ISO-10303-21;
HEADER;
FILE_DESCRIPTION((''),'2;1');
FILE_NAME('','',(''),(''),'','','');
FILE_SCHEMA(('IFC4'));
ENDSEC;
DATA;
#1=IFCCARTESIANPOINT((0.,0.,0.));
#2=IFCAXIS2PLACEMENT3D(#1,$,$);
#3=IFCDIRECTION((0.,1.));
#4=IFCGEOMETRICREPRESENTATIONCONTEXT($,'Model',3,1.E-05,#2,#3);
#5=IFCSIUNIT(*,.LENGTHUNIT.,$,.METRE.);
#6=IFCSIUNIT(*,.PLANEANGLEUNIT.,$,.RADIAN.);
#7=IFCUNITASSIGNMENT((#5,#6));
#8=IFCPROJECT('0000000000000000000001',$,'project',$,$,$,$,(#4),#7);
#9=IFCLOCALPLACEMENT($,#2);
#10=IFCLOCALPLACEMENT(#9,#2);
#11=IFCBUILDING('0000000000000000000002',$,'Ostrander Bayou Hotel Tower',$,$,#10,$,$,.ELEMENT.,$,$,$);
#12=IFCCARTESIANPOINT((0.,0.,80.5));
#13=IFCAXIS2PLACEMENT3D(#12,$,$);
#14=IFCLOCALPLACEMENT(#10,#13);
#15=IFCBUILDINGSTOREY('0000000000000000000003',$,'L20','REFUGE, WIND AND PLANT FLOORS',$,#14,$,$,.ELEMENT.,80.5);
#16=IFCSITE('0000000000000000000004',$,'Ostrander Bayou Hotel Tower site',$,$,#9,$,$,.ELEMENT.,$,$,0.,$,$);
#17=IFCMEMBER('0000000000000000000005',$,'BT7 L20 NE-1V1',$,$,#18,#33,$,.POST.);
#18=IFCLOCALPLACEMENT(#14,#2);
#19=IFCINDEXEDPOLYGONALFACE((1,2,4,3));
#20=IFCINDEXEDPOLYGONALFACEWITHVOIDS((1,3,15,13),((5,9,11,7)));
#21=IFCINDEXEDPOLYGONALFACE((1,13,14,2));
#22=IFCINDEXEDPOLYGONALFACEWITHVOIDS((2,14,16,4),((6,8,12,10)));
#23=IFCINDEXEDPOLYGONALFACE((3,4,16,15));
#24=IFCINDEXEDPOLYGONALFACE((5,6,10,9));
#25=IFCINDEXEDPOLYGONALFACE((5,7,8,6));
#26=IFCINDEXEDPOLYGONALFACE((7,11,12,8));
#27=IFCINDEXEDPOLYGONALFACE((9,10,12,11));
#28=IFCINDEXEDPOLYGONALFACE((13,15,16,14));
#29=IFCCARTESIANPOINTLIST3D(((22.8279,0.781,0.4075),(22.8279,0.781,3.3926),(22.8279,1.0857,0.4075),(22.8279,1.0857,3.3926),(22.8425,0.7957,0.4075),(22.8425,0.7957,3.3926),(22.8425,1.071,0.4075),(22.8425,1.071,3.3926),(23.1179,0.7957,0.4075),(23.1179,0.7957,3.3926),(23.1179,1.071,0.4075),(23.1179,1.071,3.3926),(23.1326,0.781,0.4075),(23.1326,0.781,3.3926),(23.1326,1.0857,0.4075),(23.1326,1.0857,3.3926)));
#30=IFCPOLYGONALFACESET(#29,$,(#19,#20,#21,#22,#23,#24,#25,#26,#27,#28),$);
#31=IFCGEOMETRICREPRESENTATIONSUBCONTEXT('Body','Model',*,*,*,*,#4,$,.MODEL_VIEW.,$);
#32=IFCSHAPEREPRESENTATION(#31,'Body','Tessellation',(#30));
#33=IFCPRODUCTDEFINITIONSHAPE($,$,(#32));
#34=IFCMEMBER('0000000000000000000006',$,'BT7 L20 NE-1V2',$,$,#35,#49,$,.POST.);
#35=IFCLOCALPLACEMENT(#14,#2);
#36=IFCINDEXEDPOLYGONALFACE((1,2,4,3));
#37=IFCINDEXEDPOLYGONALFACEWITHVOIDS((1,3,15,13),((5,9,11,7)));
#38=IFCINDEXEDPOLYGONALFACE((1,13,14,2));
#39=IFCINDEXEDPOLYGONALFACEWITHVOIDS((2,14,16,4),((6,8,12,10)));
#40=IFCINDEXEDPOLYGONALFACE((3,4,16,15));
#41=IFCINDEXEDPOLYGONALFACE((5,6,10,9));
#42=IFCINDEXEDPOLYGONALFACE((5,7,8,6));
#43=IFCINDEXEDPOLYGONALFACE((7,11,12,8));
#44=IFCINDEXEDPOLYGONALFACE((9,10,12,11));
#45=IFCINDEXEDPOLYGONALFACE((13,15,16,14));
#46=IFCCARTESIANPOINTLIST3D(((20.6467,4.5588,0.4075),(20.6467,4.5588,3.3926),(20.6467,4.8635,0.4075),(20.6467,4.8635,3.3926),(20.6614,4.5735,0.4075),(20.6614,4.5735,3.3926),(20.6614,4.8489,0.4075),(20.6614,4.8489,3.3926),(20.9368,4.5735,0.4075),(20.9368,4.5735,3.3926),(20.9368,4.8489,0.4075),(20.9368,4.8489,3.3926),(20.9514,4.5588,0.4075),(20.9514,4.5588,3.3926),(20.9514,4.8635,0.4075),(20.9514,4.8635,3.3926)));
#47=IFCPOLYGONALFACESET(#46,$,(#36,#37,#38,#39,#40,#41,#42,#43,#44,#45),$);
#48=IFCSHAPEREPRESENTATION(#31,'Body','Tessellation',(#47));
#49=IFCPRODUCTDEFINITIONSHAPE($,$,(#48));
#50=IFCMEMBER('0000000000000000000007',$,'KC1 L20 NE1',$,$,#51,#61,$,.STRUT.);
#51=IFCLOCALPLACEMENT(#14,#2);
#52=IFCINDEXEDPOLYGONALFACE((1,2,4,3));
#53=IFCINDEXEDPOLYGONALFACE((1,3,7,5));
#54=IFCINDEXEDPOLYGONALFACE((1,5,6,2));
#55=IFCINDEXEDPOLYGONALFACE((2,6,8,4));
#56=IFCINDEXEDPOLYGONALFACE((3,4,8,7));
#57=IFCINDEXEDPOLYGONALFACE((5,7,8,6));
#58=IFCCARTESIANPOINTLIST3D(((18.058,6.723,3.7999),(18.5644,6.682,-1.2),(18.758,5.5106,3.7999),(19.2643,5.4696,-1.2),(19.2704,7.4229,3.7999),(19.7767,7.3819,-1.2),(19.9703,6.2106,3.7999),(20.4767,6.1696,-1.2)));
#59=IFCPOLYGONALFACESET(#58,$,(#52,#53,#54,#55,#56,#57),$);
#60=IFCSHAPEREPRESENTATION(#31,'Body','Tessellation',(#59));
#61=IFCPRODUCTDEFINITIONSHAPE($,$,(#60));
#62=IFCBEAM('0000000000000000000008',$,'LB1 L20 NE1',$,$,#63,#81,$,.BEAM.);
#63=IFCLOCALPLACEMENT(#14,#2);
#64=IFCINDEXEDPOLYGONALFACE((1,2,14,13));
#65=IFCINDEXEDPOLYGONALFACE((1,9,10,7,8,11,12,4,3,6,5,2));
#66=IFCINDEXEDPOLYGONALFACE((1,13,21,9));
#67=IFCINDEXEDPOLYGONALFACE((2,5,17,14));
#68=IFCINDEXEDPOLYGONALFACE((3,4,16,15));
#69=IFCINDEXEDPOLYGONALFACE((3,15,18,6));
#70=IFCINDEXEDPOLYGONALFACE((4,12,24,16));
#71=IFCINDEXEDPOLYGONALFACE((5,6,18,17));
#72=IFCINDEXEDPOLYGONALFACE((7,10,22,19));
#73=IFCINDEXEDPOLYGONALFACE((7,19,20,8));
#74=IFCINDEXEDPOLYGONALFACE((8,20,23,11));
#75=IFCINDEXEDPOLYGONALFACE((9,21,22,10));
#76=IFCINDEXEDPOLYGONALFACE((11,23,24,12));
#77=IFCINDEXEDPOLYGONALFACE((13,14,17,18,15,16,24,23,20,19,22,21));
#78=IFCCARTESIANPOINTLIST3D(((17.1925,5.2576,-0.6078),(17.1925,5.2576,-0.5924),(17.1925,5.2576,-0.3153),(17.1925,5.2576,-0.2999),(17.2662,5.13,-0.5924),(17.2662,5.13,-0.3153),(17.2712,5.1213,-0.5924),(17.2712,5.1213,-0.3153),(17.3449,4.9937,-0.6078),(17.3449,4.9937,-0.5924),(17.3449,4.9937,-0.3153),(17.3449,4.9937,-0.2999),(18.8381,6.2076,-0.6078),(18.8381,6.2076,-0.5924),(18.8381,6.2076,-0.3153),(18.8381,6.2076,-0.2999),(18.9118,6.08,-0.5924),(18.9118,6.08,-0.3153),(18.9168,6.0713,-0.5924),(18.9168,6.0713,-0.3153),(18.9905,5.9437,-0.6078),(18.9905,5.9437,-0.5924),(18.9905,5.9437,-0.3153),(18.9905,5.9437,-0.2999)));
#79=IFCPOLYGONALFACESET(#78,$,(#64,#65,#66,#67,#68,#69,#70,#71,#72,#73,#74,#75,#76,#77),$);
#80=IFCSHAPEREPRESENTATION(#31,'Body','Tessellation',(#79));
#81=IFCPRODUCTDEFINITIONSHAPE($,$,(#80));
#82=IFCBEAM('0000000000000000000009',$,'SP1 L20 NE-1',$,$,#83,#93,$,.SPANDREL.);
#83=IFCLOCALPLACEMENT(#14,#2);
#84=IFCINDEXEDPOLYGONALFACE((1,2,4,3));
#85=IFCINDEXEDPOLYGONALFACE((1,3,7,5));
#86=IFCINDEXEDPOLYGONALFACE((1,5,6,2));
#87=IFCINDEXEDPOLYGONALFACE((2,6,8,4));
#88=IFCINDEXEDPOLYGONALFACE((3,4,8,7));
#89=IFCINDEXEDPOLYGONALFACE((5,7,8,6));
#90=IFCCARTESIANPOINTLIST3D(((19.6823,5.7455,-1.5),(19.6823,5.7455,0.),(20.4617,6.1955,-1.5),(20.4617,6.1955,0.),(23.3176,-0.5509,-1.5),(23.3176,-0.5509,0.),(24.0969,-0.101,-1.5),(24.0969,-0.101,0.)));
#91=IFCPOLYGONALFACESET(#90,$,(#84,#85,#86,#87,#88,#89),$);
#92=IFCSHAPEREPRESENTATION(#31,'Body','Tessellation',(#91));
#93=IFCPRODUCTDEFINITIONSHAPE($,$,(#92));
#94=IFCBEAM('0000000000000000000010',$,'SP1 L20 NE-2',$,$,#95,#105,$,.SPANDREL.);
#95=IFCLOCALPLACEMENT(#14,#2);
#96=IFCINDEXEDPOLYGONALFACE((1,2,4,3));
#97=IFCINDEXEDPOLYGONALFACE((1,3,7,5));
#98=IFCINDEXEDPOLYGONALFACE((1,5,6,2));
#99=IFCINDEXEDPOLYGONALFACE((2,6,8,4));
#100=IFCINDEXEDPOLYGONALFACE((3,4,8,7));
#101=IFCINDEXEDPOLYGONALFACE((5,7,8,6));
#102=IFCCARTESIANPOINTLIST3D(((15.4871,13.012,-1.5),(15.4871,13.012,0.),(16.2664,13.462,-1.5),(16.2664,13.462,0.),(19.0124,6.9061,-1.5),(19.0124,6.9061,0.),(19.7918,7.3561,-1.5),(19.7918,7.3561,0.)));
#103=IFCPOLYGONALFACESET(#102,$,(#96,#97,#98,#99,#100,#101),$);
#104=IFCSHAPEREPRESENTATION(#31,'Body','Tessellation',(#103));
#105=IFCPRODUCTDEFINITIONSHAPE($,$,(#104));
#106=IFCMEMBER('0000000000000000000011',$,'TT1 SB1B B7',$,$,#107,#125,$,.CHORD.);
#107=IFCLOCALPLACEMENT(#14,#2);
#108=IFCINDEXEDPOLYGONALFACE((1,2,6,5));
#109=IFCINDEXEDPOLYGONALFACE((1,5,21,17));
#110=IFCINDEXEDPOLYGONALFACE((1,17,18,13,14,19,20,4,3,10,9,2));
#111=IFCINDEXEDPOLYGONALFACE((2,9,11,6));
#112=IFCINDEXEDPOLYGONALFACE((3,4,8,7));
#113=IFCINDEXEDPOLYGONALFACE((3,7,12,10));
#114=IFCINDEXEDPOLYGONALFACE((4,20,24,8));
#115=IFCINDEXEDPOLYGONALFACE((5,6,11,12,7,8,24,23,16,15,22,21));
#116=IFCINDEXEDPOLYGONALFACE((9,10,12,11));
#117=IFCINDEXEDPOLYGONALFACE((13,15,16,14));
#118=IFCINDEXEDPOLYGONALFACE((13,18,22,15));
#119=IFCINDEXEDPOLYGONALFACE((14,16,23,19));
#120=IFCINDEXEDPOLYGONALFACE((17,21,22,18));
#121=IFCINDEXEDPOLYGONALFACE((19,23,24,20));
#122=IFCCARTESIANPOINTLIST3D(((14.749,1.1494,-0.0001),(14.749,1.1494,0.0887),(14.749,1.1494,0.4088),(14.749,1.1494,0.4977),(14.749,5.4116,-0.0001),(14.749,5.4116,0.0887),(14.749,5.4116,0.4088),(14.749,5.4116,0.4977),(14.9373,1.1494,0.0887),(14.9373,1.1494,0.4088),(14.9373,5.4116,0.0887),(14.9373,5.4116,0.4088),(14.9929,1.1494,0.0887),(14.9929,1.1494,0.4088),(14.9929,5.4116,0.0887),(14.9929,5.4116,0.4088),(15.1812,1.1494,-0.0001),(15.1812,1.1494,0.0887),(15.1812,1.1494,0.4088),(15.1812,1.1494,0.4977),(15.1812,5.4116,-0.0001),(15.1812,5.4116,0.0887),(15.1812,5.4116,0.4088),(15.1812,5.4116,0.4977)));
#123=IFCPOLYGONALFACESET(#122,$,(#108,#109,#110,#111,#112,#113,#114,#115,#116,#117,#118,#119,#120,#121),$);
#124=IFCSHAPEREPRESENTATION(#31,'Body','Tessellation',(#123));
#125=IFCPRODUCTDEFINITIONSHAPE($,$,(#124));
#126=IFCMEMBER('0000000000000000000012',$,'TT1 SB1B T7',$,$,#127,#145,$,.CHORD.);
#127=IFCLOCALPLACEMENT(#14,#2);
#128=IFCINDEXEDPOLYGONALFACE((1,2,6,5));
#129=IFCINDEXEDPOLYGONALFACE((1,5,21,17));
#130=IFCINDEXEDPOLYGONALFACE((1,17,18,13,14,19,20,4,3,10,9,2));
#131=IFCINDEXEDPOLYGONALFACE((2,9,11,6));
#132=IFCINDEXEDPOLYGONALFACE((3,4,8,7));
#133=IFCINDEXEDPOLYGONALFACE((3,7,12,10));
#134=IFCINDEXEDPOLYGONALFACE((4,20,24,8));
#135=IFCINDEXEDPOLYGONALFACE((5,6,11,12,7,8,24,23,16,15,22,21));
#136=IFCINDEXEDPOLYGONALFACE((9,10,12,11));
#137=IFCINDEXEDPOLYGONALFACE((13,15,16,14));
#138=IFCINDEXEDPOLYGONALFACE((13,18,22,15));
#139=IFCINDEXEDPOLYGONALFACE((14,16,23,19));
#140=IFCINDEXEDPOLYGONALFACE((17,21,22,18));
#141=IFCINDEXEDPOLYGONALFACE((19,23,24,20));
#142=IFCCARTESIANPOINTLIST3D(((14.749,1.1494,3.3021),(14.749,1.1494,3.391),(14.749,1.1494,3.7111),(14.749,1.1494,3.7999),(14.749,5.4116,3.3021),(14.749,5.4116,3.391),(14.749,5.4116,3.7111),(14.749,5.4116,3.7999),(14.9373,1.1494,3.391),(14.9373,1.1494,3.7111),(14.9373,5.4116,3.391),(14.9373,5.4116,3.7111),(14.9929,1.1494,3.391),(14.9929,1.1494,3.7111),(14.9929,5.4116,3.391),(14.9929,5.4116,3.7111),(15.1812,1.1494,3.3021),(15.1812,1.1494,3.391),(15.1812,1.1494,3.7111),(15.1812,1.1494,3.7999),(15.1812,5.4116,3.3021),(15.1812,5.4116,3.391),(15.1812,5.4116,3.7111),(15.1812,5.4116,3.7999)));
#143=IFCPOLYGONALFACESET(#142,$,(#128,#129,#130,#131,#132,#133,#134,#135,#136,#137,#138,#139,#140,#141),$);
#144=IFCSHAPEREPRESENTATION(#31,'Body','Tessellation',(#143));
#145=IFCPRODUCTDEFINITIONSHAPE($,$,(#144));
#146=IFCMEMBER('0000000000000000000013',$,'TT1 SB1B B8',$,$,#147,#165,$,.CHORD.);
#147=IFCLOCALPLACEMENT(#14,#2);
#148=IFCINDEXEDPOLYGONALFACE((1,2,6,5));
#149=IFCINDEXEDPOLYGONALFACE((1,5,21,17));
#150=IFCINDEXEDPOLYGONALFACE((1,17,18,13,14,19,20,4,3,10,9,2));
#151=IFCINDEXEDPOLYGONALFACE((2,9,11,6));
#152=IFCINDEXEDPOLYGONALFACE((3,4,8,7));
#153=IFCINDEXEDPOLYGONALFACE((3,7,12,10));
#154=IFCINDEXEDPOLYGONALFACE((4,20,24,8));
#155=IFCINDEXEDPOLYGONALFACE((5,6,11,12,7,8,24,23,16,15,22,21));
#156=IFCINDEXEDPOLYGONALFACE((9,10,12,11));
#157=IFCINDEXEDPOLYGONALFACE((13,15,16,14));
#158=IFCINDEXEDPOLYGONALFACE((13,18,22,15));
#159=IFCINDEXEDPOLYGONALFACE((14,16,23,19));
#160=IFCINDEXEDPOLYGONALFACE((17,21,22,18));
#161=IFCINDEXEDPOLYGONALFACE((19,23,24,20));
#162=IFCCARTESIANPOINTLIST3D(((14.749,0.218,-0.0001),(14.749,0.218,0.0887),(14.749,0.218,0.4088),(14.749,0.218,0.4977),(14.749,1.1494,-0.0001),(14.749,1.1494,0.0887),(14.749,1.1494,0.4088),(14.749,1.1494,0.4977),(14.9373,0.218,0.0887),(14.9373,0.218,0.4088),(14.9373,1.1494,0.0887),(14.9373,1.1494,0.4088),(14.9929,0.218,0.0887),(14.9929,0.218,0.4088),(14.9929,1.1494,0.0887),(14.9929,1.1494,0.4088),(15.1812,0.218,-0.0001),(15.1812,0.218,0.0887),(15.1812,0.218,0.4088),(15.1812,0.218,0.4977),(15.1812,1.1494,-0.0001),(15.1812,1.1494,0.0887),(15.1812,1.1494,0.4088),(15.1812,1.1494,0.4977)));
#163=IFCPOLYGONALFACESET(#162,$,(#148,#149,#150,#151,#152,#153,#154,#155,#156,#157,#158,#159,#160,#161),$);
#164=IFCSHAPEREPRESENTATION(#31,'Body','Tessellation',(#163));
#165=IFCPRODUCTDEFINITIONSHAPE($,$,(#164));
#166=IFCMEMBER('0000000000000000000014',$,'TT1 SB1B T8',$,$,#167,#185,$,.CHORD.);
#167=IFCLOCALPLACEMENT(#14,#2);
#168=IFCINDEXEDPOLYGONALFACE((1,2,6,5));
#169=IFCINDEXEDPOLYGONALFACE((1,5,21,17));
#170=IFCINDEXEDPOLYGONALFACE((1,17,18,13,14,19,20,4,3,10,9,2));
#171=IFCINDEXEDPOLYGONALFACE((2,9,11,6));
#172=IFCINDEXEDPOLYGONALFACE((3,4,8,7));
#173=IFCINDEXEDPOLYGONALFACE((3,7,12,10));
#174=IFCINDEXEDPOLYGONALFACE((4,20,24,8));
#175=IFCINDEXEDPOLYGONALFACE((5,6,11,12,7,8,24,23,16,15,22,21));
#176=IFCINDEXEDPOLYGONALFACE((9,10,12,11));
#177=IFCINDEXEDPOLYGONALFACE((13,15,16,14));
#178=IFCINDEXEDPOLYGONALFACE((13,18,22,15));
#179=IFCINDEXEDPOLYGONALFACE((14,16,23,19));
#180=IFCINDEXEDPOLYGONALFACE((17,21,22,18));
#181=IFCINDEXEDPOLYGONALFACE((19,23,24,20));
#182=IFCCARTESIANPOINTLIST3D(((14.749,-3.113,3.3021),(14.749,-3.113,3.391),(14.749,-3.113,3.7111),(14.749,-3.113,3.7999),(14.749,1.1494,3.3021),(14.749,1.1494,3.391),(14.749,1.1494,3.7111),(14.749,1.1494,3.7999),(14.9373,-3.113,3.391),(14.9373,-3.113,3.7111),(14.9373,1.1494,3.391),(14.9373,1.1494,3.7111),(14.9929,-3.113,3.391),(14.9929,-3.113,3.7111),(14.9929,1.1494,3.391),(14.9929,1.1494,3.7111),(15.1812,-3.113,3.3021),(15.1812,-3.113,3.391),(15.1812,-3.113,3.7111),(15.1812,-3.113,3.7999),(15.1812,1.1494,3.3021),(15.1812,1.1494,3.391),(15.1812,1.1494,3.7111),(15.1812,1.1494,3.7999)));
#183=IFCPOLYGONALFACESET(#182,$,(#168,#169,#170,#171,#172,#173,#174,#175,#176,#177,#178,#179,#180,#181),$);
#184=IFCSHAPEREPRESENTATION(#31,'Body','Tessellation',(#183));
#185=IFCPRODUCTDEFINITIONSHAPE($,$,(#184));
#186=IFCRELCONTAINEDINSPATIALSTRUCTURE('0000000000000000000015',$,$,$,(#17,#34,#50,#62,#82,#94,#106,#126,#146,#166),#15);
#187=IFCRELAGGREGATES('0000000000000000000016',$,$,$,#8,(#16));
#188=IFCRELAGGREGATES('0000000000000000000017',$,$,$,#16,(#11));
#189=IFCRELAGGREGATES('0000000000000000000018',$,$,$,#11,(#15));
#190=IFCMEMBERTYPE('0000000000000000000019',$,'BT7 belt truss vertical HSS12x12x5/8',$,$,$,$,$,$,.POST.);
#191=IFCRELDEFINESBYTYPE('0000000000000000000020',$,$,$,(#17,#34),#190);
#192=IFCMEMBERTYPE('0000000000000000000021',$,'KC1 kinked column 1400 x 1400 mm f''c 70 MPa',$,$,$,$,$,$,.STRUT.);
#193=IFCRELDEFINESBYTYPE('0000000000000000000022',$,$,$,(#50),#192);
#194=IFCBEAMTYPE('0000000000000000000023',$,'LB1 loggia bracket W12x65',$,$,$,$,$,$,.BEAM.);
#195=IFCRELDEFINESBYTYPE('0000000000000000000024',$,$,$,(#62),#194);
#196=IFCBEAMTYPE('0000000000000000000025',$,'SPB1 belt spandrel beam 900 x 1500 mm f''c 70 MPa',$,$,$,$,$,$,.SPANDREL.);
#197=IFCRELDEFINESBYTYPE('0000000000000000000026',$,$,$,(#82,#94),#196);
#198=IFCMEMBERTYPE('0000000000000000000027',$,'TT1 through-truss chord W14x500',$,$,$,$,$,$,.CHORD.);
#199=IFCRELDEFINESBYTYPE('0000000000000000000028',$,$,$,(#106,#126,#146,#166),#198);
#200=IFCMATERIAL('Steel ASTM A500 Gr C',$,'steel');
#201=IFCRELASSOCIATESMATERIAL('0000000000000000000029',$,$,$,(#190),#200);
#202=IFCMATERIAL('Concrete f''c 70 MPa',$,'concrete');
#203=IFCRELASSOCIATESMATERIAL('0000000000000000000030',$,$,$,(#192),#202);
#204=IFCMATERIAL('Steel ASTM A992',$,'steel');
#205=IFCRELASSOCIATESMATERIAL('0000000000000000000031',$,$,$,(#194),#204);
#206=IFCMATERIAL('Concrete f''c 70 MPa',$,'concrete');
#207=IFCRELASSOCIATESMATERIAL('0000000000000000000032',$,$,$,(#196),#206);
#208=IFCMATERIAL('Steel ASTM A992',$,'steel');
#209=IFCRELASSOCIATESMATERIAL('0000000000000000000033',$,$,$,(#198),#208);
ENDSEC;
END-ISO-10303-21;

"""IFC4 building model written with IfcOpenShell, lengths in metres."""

from ifc_helpers import new_model, si_unit, direction, frame, origin, origin_2d, place, context, subcontext, project, spatial, rectangle, hollow_rectangle, i_section, extrude, material, material_profile, profile_set, type_object, element, save


model = new_model("IFC4")

# Units and contexts
model_context = context("Model", 3, precision=1e-05, world=origin(), true_north=direction((0.0, 1.0)))
body_context = subcontext(model_context, "Body", "Model", "MODEL_VIEW")
ifc_project = project(units=[si_unit("LENGTHUNIT", "METRE"), si_unit("PLANEANGLEUNIT", "RADIAN")], contexts=[model_context])

# Site, building, storey
site_placement = place(None, origin())
site = spatial("IfcSite", under=ifc_project, at=site_placement, Name="Ostrander Bayou Hotel Tower site", CompositionType="ELEMENT", RefElevation=0.0)
building_placement = place(site_placement, origin())
building = spatial("IfcBuilding", under=site, at=building_placement, Name="Ostrander Bayou Hotel Tower", CompositionType="ELEMENT")
storey_placement = place(building_placement, frame((0.0, 0.0, 80.5)))
storey = spatial("IfcBuildingStorey", under=building, at=storey_placement, Name="L20", Description="REFUGE, WIND AND PLANT FLOORS", CompositionType="ELEMENT", Elevation=80.5)

# Members
ifc_material_1 = material(Name="Steel ASTM A500 Gr C", Category="steel")
ifc_material_profile_1 = material_profile(ifc_material_1, hollow_rectangle(XDim=0.3047, YDim=0.3047, WallThickness=0.0146, at=origin_2d()))
ifc_profile_set_1 = profile_set([ifc_material_profile_1], Name="Steel ASTM A500 Gr C")
member_type_1 = type_object("IfcMemberType", Name="BT7 belt truss vertical HSS12x12x5/8", PredefinedType="POST", material=ifc_profile_set_1)
for number, where, z_axis, x_axis, name in (
    (1, (22.9802, 0.9333, 0.4075), (0.0, 0.0, 1.0), (1.0, 0.0, 0.0), "BT7 L20 NE-1V1"),
    (2, (20.7991, 4.7112, 0.4075), (0.0, 0.0, 1.0), (1.0, 0.0, 0.0), "BT7 L20 NE-1V2"),
):
    element("IfcMember", number, at=place(storey_placement, frame(where, z_axis=z_axis, x_axis=x_axis)), inside=storey, type_object=member_type_1, Name=name, PredefinedType="POST", context=body_context, shape_type="SweptSolid", body=[
        extrude(hollow_rectangle(XDim=0.3047, YDim=0.3047, WallThickness=0.0146, at=origin_2d()), origin(), (0.0, 0.0, 1.0), 2.9851),
    ])
ifc_material_2 = material(Name="Concrete f'c 70 MPa", Category="concrete")
ifc_material_profile_2 = material_profile(ifc_material_2, rectangle(XDim=1.3999, YDim=1.3999, at=origin_2d()))
ifc_profile_set_2 = profile_set([ifc_material_profile_2], Name="Concrete f'c 70 MPa")
member_type_2 = type_object("IfcMemberType", Name="KC1 kinked column 1400 x 1400 mm f'c 70 MPa", PredefinedType="STRUT", material=ifc_profile_set_2)
member_1_placement = place(storey_placement, frame((19.5205, 6.4258, -1.2), z_axis=(0.0, 0.0, 1.0), x_axis=(0.5, -0.866025, 0.0)))
element("IfcMember", 3, at=member_1_placement, inside=storey, type_object=member_type_2, Name="KC1 L20 NE1", PredefinedType="STRUT", context=body_context, shape_type="SweptSolid", body=[
    extrude(rectangle(XDim=1.3999, YDim=1.3999, at=origin_2d()), origin(), (-0.057443, -0.083172, 0.994878), 5.0256),
])

# Beams
ifc_material_3 = material(Name="Steel ASTM A992", Category="steel")
ifc_material_profile_3 = material_profile(ifc_material_3, i_section(OverallWidth=0.3047, OverallDepth=0.3079, WebThickness=0.01, FlangeThickness=0.0154, at=origin_2d()))
ifc_profile_set_3 = profile_set([ifc_material_profile_3], Name="Steel ASTM A992")
beam_type_1 = type_object("IfcBeamType", Name="LB1 loggia bracket W12x65", PredefinedType="BEAM", material=ifc_profile_set_3)
beam_1_placement = place(storey_placement, frame((18.9143, 6.0757, -0.4539), z_axis=(-0.866044, -0.499967, 0.0), x_axis=(0.499967, -0.866044, 0.0)))
element("IfcBeam", 4, at=beam_1_placement, inside=storey, type_object=beam_type_1, Name="LB1 L20 NE1", PredefinedType="BEAM", context=body_context, shape_type="SweptSolid", body=[
    extrude(i_section(OverallWidth=0.3047, OverallDepth=0.3079, WebThickness=0.01, FlangeThickness=0.0154, at=origin_2d()), origin(), (0.0, 0.0, 1.0), 1.9001),
])
ifc_material_4 = material(Name="Concrete f'c 70 MPa", Category="concrete")
ifc_material_profile_4 = material_profile(ifc_material_4, rectangle(XDim=0.8999, YDim=1.5, at=origin_2d()))
ifc_profile_set_4 = profile_set([ifc_material_profile_4], Name="Concrete f'c 70 MPa")
beam_type_2 = type_object("IfcBeamType", Name="SPB1 belt spandrel beam 900 x 1500 mm f'c 70 MPa", PredefinedType="SPANDREL", material=ifc_profile_set_4)
beam_2_placement = place(storey_placement, frame((23.7073, -0.3259, -0.75), z_axis=(-0.500003, 0.866023, 0.0), x_axis=(-0.866023, -0.500003, 0.0)))
element("IfcBeam", 5, at=beam_2_placement, inside=storey, type_object=beam_type_2, Name="SP1 L20 NE-1", PredefinedType="SPANDREL", context=body_context, shape_type="SweptSolid", body=[
    extrude(rectangle(XDim=0.8999, YDim=1.5, at=origin_2d()), origin(), (0.0, 0.0, 1.0), 7.2705),
])
beam_3_placement = place(storey_placement, frame((19.4021, 7.1311, -0.75), z_axis=(-0.500012, 0.866018, 0.0), x_axis=(-0.866018, -0.500012, 0.0)))
element("IfcBeam", 6, at=beam_3_placement, inside=storey, type_object=beam_type_2, Name="SP1 L20 NE-2", PredefinedType="SPANDREL", context=body_context, shape_type="SweptSolid", body=[
    extrude(rectangle(XDim=0.8999, YDim=1.5, at=origin_2d()), origin(), (0.0, 0.0, 1.0), 7.0505),
])

# Members
ifc_material_5 = material(Name="Steel ASTM A992", Category="steel")
ifc_material_profile_5 = material_profile(ifc_material_5, i_section(OverallWidth=0.4321, OverallDepth=0.4978, WebThickness=0.0557, FlangeThickness=0.0889, at=origin_2d()))
ifc_profile_set_5 = profile_set([ifc_material_profile_5], Name="Steel ASTM A992")
member_type_3 = type_object("IfcMemberType", Name="TT1 through-truss chord W14x500", PredefinedType="CHORD", material=ifc_profile_set_5)
for number, where, z_axis, x_axis, name in (
    (7, (14.9651, 5.4116, 0.2488), (0.0, -1.0, 0.0), (1.0, 0.0, 0.0), "TT1 SB1B B7"),
    (8, (14.9651, 5.4116, 3.551), (0.0, -1.0, 0.0), (1.0, 0.0, 0.0), "TT1 SB1B T7"),
):
    element("IfcMember", number, at=place(storey_placement, frame(where, z_axis=z_axis, x_axis=x_axis)), inside=storey, type_object=member_type_3, Name=name, PredefinedType="CHORD", context=body_context, shape_type="SweptSolid", body=[
        extrude(i_section(OverallWidth=0.4321, OverallDepth=0.4978, WebThickness=0.0557, FlangeThickness=0.0889, at=origin_2d()), origin(), (0.0, 0.0, 1.0), 4.2622),
    ])
member_2_placement = place(storey_placement, frame((14.9651, 1.1494, 0.2488), z_axis=(0.0, -1.0, 0.0), x_axis=(1.0, 0.0, 0.0)))
element("IfcMember", 9, at=member_2_placement, inside=storey, type_object=member_type_3, Name="TT1 SB1B B8", PredefinedType="CHORD", context=body_context, shape_type="SweptSolid", body=[
    extrude(i_section(OverallWidth=0.4321, OverallDepth=0.4978, WebThickness=0.0557, FlangeThickness=0.0889, at=origin_2d()), origin(), (0.0, 0.0, 1.0), 0.9314),
])
member_3_placement = place(storey_placement, frame((14.9651, 1.1494, 3.551), z_axis=(0.0, -1.0, 0.0), x_axis=(1.0, 0.0, 0.0)))
element("IfcMember", 10, at=member_3_placement, inside=storey, type_object=member_type_3, Name="TT1 SB1B T8", PredefinedType="CHORD", context=body_context, shape_type="SweptSolid", body=[
    extrude(i_section(OverallWidth=0.4321, OverallDepth=0.4978, WebThickness=0.0557, FlangeThickness=0.0889, at=origin_2d()), origin(), (0.0, 0.0, 1.0), 4.2625),
])

save(model, "model.ifc")
